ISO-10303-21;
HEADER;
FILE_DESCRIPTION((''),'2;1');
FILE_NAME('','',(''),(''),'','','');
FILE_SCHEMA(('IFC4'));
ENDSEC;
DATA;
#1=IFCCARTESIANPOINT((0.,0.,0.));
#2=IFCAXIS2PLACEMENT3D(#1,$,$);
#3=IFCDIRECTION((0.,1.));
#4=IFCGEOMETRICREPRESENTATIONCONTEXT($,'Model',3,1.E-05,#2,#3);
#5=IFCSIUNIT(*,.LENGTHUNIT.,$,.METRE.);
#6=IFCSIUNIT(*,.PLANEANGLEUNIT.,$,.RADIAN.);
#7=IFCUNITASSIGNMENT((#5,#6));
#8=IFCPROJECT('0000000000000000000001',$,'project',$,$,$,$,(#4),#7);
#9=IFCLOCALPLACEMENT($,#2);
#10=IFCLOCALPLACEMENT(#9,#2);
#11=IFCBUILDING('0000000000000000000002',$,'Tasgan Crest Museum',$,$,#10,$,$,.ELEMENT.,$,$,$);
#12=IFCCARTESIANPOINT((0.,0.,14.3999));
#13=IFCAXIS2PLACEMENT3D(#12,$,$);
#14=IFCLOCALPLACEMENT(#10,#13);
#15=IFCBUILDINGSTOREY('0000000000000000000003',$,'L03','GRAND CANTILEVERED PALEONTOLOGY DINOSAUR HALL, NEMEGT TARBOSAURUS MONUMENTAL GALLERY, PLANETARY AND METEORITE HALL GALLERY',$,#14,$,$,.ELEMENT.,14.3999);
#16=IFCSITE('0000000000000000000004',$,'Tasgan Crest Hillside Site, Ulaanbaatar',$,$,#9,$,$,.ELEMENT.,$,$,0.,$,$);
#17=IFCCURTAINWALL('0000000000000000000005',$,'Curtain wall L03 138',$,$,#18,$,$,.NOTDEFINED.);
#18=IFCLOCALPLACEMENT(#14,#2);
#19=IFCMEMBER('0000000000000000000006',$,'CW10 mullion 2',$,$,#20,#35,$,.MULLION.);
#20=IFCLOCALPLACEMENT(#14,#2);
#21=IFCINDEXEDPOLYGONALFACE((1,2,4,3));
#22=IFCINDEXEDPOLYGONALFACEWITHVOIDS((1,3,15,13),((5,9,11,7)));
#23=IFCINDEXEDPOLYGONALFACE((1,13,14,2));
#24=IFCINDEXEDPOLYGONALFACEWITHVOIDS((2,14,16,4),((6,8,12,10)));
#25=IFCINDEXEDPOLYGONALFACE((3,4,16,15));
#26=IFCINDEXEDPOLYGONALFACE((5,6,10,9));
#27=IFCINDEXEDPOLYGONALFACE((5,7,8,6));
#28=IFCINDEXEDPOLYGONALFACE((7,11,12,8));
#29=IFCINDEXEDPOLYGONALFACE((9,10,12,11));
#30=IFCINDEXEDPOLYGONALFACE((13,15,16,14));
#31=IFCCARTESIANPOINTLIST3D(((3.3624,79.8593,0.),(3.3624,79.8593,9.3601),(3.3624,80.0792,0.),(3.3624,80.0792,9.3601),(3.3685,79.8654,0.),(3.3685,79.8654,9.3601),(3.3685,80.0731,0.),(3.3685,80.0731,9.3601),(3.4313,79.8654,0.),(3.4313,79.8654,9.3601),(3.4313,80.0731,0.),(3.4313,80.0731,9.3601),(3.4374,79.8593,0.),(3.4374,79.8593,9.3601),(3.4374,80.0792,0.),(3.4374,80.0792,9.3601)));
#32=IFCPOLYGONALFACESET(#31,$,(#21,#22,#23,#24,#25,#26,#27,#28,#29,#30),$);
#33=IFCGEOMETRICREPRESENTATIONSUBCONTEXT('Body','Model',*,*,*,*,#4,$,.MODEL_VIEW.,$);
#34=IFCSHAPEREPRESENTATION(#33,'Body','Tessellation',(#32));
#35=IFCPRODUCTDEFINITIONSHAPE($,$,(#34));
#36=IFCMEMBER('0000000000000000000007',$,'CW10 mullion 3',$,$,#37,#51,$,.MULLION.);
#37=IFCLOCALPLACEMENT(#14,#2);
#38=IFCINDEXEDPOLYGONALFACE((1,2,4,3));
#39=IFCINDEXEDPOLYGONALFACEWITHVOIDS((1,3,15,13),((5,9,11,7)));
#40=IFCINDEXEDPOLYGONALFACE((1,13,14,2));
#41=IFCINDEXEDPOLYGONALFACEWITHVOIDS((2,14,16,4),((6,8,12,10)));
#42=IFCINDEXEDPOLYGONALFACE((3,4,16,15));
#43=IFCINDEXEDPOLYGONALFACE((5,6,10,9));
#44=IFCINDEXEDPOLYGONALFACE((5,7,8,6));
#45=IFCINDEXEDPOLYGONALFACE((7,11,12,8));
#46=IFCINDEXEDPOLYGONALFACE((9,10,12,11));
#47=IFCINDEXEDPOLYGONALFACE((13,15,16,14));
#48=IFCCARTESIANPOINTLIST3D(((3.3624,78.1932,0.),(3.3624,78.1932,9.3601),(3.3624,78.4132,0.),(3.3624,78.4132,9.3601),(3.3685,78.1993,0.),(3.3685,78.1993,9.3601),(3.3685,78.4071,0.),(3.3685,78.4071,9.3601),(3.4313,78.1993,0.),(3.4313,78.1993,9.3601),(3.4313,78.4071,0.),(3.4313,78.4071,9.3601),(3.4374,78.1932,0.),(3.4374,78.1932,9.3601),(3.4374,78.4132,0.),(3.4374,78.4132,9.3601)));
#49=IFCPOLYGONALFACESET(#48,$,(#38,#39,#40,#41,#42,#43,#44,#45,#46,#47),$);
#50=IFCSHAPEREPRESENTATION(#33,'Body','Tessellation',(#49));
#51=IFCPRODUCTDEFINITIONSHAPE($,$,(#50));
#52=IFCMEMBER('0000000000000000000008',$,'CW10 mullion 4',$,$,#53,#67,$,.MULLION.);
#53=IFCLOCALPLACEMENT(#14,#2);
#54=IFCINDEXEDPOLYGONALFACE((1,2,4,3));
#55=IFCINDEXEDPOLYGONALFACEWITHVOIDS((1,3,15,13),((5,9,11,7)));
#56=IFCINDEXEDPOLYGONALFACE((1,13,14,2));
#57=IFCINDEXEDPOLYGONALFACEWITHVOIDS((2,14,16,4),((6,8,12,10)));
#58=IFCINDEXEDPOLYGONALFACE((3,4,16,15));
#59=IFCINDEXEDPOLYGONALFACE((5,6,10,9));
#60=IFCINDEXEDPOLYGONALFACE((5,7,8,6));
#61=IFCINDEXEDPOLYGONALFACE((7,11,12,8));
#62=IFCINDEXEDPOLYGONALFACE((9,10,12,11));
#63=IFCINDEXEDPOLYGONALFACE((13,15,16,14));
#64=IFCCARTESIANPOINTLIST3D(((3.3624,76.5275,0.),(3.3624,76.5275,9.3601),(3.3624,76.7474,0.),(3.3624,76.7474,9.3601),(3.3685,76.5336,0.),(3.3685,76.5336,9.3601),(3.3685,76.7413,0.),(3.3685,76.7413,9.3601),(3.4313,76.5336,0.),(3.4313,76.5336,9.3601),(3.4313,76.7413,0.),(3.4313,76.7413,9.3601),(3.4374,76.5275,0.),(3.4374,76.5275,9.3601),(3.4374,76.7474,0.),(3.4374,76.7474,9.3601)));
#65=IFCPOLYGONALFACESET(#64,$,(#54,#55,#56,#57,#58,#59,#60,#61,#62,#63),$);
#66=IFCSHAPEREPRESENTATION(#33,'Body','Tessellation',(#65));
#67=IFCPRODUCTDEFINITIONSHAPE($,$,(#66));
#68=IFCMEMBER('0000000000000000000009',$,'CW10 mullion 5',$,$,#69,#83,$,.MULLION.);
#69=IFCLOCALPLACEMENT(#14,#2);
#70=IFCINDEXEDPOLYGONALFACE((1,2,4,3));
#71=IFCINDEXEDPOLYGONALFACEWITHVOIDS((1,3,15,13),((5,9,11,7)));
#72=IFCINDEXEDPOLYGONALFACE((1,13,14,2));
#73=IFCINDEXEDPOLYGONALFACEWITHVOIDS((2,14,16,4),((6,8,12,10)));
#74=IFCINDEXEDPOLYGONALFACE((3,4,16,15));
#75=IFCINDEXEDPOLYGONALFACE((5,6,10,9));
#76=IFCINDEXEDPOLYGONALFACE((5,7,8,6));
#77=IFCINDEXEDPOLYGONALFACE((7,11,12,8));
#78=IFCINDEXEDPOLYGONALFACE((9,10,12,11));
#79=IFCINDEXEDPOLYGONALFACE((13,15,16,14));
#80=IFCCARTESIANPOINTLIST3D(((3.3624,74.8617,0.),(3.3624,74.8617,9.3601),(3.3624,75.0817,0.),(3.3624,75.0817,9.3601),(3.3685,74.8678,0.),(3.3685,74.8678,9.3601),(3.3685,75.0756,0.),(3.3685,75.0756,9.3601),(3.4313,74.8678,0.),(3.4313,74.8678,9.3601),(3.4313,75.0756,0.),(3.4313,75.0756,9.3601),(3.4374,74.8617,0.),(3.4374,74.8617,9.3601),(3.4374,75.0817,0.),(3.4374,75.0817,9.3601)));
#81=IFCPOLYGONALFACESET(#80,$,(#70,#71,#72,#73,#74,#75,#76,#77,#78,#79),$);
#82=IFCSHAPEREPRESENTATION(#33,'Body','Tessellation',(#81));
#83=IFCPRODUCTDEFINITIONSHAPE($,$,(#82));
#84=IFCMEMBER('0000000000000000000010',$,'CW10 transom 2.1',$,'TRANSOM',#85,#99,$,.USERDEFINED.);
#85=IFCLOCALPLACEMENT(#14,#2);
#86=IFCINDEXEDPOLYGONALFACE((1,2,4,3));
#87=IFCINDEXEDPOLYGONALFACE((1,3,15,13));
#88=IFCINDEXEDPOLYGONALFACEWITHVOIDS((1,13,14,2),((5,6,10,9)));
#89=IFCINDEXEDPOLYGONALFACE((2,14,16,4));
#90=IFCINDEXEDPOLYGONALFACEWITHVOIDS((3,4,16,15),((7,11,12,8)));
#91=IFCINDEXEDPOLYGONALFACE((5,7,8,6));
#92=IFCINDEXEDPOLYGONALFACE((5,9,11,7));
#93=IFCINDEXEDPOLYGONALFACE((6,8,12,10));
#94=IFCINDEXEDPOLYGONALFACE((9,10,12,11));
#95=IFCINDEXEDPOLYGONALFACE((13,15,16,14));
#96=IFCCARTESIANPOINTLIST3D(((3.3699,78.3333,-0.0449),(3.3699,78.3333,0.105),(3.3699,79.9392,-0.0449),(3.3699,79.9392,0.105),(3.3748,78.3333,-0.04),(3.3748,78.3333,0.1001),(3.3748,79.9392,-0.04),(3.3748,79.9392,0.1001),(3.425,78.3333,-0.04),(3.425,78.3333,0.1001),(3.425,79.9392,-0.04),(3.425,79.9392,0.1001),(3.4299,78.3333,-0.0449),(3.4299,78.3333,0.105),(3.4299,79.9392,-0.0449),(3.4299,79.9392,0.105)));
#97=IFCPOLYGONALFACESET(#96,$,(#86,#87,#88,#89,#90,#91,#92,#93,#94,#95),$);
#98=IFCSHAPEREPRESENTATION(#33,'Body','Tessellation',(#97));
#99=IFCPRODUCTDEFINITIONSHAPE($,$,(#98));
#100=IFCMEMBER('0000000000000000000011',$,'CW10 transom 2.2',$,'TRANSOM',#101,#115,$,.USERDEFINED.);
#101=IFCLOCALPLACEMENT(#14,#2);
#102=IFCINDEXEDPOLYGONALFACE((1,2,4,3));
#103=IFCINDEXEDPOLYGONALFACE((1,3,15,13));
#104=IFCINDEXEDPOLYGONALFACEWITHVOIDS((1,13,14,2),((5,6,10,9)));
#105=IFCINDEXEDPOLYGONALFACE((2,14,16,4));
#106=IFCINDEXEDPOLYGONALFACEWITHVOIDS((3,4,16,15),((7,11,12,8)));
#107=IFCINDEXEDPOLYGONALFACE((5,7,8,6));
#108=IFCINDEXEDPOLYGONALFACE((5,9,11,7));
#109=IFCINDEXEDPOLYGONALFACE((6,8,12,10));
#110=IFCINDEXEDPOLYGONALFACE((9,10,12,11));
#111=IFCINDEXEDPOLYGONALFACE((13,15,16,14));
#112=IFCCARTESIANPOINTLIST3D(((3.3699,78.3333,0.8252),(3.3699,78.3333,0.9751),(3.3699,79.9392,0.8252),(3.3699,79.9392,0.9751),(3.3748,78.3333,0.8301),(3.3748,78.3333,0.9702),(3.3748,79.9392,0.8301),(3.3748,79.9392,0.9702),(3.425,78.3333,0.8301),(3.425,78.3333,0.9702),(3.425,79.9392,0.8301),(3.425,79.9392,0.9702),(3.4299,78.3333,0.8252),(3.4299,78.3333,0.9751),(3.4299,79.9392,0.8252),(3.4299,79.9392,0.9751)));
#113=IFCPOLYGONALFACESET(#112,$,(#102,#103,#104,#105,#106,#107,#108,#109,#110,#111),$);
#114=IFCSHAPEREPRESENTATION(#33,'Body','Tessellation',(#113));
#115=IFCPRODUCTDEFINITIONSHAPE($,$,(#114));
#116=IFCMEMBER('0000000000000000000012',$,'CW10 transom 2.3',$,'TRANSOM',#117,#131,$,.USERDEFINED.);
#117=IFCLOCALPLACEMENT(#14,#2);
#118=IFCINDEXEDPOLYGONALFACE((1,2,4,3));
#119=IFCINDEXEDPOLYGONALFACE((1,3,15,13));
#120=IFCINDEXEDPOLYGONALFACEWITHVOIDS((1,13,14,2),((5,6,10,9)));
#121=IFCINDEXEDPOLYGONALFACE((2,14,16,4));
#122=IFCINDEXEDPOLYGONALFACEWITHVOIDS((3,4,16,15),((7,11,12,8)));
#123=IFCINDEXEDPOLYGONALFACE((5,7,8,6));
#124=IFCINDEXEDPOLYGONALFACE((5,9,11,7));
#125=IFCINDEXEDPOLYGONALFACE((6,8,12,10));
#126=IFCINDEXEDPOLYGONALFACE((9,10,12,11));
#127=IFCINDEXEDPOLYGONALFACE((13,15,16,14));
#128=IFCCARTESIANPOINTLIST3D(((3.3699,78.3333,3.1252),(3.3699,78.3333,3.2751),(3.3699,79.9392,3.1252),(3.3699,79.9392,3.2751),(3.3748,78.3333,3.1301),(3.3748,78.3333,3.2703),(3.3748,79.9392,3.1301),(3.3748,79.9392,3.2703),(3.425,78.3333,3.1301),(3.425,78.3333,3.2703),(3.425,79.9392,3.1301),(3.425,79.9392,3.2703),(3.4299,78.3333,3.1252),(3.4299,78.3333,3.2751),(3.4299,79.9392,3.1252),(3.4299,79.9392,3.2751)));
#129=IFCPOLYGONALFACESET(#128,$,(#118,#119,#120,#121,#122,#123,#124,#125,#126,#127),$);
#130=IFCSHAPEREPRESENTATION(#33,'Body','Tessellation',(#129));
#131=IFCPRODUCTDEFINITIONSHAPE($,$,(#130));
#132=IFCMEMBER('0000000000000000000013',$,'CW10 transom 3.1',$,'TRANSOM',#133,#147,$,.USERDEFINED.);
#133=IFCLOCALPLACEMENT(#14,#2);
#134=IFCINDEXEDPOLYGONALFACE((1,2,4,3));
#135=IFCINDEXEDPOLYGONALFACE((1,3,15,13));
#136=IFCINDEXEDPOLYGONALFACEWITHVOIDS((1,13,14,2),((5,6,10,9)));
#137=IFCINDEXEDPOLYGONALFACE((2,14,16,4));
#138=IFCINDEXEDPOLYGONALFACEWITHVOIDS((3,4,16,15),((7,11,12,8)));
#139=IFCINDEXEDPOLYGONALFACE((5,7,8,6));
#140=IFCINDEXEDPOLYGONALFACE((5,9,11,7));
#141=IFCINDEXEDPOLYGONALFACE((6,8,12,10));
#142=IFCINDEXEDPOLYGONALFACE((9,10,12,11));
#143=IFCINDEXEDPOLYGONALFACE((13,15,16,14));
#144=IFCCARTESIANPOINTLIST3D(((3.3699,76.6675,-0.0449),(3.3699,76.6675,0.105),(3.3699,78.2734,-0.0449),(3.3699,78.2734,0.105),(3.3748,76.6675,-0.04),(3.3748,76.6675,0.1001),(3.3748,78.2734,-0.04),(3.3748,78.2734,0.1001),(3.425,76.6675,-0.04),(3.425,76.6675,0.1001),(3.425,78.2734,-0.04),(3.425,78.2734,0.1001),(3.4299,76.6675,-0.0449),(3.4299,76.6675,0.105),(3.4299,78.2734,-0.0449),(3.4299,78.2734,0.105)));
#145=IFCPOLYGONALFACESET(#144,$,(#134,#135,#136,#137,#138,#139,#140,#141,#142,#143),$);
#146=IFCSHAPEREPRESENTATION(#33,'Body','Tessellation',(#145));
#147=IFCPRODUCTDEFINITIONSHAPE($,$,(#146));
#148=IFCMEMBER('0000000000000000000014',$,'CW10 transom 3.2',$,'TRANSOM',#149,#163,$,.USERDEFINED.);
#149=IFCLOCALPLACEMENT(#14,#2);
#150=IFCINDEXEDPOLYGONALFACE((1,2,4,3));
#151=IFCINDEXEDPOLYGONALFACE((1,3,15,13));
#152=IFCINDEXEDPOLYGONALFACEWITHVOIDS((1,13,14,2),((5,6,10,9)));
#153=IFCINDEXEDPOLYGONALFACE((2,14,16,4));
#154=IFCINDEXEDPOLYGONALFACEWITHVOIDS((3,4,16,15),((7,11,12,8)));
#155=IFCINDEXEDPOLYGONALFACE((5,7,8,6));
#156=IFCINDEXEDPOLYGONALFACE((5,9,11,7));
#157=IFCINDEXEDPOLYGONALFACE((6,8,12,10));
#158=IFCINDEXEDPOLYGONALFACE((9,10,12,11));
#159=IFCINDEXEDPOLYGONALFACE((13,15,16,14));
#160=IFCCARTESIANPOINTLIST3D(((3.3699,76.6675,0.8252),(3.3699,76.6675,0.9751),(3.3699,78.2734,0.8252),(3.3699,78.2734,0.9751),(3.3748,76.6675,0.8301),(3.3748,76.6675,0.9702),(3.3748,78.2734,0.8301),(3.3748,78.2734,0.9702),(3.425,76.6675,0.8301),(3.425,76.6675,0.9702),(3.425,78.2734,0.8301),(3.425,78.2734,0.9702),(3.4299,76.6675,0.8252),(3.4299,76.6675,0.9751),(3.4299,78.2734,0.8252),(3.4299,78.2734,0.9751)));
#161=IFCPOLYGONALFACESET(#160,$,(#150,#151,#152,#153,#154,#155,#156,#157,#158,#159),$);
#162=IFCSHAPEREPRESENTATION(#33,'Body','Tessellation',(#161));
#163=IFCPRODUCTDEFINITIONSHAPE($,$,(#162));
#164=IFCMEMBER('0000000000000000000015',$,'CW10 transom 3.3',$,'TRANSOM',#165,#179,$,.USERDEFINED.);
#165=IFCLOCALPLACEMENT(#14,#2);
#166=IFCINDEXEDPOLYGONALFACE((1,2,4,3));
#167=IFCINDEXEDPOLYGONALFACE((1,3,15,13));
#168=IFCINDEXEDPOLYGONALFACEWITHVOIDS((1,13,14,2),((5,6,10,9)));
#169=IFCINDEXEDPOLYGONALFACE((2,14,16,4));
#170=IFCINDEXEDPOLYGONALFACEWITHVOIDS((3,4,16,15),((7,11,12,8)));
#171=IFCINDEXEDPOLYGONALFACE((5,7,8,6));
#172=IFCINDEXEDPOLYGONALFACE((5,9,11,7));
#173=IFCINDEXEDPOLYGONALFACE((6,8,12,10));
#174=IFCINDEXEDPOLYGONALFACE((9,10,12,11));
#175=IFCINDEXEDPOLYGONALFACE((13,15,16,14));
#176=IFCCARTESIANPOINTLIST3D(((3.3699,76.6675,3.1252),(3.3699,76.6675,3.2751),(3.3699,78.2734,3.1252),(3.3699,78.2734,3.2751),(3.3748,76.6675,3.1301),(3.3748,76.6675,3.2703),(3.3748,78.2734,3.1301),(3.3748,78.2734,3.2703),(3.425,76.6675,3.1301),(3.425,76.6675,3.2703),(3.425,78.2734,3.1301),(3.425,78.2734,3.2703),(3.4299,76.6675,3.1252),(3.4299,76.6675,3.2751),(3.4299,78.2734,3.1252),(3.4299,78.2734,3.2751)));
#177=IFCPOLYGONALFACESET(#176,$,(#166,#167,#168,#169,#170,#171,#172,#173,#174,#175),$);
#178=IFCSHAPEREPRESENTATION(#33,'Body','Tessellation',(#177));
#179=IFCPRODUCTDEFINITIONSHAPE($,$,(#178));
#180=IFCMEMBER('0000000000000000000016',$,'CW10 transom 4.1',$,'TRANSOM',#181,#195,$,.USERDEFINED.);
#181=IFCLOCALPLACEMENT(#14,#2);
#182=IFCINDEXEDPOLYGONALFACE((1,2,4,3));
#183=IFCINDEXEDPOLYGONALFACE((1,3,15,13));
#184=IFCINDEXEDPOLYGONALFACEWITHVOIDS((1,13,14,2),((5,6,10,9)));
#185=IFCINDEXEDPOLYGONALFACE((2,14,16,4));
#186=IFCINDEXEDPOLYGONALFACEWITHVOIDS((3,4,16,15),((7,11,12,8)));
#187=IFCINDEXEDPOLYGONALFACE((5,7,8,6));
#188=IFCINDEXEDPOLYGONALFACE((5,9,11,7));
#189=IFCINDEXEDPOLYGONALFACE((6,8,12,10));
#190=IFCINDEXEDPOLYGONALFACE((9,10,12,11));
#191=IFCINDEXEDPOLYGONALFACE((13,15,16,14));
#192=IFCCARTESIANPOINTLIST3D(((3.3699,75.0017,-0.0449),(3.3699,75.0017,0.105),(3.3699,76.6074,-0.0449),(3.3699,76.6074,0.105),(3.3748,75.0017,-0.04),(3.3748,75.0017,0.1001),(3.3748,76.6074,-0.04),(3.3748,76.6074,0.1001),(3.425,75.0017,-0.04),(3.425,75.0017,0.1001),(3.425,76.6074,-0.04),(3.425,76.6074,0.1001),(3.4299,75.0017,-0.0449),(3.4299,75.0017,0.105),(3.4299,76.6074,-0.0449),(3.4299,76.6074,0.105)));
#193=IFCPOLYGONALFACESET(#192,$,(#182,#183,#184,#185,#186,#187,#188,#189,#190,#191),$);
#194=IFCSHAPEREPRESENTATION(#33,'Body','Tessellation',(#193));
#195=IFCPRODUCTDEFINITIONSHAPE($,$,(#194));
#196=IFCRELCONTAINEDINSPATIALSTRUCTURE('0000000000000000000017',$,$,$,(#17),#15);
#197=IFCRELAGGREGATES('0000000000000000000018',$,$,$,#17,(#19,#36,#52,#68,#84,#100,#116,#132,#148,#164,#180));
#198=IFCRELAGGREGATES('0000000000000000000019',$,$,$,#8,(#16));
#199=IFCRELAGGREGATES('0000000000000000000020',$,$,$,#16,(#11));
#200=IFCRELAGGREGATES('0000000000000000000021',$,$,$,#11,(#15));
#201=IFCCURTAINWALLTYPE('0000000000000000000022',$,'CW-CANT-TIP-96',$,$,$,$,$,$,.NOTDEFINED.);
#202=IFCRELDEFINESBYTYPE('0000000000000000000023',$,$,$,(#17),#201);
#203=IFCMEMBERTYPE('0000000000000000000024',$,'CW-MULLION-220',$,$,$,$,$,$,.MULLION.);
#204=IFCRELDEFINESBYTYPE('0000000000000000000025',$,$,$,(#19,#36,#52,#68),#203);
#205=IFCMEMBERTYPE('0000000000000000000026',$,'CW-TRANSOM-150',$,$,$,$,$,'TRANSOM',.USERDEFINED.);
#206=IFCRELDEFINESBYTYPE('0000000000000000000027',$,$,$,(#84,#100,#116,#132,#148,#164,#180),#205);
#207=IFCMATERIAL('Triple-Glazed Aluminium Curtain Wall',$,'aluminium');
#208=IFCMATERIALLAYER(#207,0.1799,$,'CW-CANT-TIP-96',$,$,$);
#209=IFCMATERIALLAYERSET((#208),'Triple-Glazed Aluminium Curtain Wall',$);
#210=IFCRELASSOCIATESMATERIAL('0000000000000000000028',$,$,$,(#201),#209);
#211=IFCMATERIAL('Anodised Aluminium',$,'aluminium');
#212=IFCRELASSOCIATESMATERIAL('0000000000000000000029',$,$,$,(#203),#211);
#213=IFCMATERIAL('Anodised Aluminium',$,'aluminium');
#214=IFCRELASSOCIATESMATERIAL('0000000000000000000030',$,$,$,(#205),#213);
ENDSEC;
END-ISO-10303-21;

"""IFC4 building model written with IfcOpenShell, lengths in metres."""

from ifc_helpers import new_model, si_unit, direction, frame, origin, origin_2d, place, context, subcontext, project, spatial, hollow_rectangle, extrude, material, layer, layer_set, material_profile, profile_set, type_object, element, aggregate, save


model = new_model("IFC4")

# Units and contexts
model_context = context("Model", 3, precision=1e-05, world=origin(), true_north=direction((0.0, 1.0)))
body_context = subcontext(model_context, "Body", "Model", "MODEL_VIEW")
ifc_project = project(units=[si_unit("LENGTHUNIT", "METRE"), si_unit("PLANEANGLEUNIT", "RADIAN")], contexts=[model_context])

# Site, building, storey
site_placement = place(None, origin())
site = spatial("IfcSite", under=ifc_project, at=site_placement, Name="Tasgan Crest Hillside Site, Ulaanbaatar", CompositionType="ELEMENT", RefElevation=0.0)
building_placement = place(site_placement, origin())
building = spatial("IfcBuilding", under=site, at=building_placement, Name="Tasgan Crest Museum", CompositionType="ELEMENT")
storey_placement = place(building_placement, frame((0.0, 0.0, 14.3999)))
storey = spatial("IfcBuildingStorey", under=building, at=storey_placement, Name="L03", Description="GRAND CANTILEVERED PALEONTOLOGY DINOSAUR HALL, NEMEGT TARBOSAURUS MONUMENTAL GALLERY, PLANETARY AND METEORITE HALL GALLERY", CompositionType="ELEMENT", Elevation=14.3999)

# Curtain wall, members
ifc_material_1 = material(Name="Triple-Glazed Aluminium Curtain Wall", Category="aluminium")
ifc_layer_1 = layer(ifc_material_1, 0.1799, Name="CW-CANT-TIP-96")
ifc_layer_set_1 = layer_set([ifc_layer_1], Name="Triple-Glazed Aluminium Curtain Wall")
curtain_wall_type = type_object("IfcCurtainWallType", Name="CW-CANT-TIP-96", PredefinedType="NOTDEFINED", material=ifc_layer_set_1)
curtain_wall_placement = place(storey_placement, origin())
curtain_wall = element("IfcCurtainWall", 1, at=curtain_wall_placement, inside=storey, type_object=curtain_wall_type, Name="Curtain wall L03 138", PredefinedType="NOTDEFINED")
ifc_material_2 = material(Name="Anodised Aluminium", Category="aluminium")
ifc_material_profile_1 = material_profile(ifc_material_2, hollow_rectangle(XDim=0.075, YDim=0.22, WallThickness=0.0061, at=origin_2d()), Name="ALU MULLION 220x75x6")
ifc_profile_set_1 = profile_set([ifc_material_profile_1], Name="Anodised Aluminium")
member_type_1 = type_object("IfcMemberType", Name="CW-MULLION-220", PredefinedType="MULLION", material=ifc_profile_set_1)
member_1_placement = place(storey_placement, frame((3.3999, 79.9692, 0.0), z_axis=(0.0, 0.0, 1.0), x_axis=(1.0, 0.0, 0.0)))
member_1 = element("IfcMember", 2, at=member_1_placement, type_object=member_type_1, Name="CW10 mullion 2", PredefinedType="MULLION", context=body_context, shape_type="SweptSolid", body=[
    extrude(hollow_rectangle(XDim=0.075, YDim=0.22, WallThickness=0.0061, at=origin_2d()), origin(), (0.0, 0.0, 1.0), 9.3601),
])
member_2_placement = place(storey_placement, frame((3.3999, 78.3032, 0.0), z_axis=(0.0, 0.0, 1.0), x_axis=(1.0, 0.0, 0.0)))
member_2 = element("IfcMember", 3, at=member_2_placement, type_object=member_type_1, Name="CW10 mullion 3", PredefinedType="MULLION", context=body_context, shape_type="SweptSolid", body=[
    extrude(hollow_rectangle(XDim=0.075, YDim=0.22, WallThickness=0.0061, at=origin_2d()), origin(), (0.0, 0.0, 1.0), 9.3601),
])
member_3_placement = place(storey_placement, frame((3.3999, 76.6375, 0.0), z_axis=(0.0, 0.0, 1.0), x_axis=(1.0, 0.0, 0.0)))
member_3 = element("IfcMember", 4, at=member_3_placement, type_object=member_type_1, Name="CW10 mullion 4", PredefinedType="MULLION", context=body_context, shape_type="SweptSolid", body=[
    extrude(hollow_rectangle(XDim=0.075, YDim=0.22, WallThickness=0.0061, at=origin_2d()), origin(), (0.0, 0.0, 1.0), 9.3601),
])
member_4_placement = place(storey_placement, frame((3.3999, 74.9717, 0.0), z_axis=(0.0, 0.0, 1.0), x_axis=(1.0, 0.0, 0.0)))
member_4 = element("IfcMember", 5, at=member_4_placement, type_object=member_type_1, Name="CW10 mullion 5", PredefinedType="MULLION", context=body_context, shape_type="SweptSolid", body=[
    extrude(hollow_rectangle(XDim=0.075, YDim=0.22, WallThickness=0.0061, at=origin_2d()), origin(), (0.0, 0.0, 1.0), 9.3601),
])
ifc_material_3 = material(Name="Anodised Aluminium", Category="aluminium")
ifc_material_profile_2 = material_profile(ifc_material_3, hollow_rectangle(XDim=0.0601, YDim=0.1499, WallThickness=0.0049, at=origin_2d()), Name="ALU TRANSOM 150x60x5")
ifc_profile_set_2 = profile_set([ifc_material_profile_2], Name="Anodised Aluminium")
member_type_2 = type_object("IfcMemberType", Name="CW-TRANSOM-150", ElementType="TRANSOM", PredefinedType="USERDEFINED", material=ifc_profile_set_2)
member_5_placement = place(storey_placement, frame((3.3999, 79.9392, 0.03), z_axis=(0.0, -1.0, 0.0), x_axis=(1.0, 0.0, 0.0)))
member_5 = element("IfcMember", 6, at=member_5_placement, type_object=member_type_2, Name="CW10 transom 2.1", ObjectType="TRANSOM", PredefinedType="USERDEFINED", context=body_context, shape_type="SweptSolid", body=[
    extrude(hollow_rectangle(XDim=0.0601, YDim=0.1499, WallThickness=0.0049, at=origin_2d()), origin(), (0.0, 0.0, 1.0), 1.606),
])
member_6_placement = place(storey_placement, frame((3.3999, 79.9392, 0.9001), z_axis=(0.0, -1.0, 0.0), x_axis=(1.0, 0.0, 0.0)))
member_6 = element("IfcMember", 7, at=member_6_placement, type_object=member_type_2, Name="CW10 transom 2.2", ObjectType="TRANSOM", PredefinedType="USERDEFINED", context=body_context, shape_type="SweptSolid", body=[
    extrude(hollow_rectangle(XDim=0.0601, YDim=0.1499, WallThickness=0.0049, at=origin_2d()), origin(), (0.0, 0.0, 1.0), 1.606),
])
member_7_placement = place(storey_placement, frame((3.3999, 79.9392, 3.2002), z_axis=(0.0, -1.0, 0.0), x_axis=(1.0, 0.0, 0.0)))
member_7 = element("IfcMember", 8, at=member_7_placement, type_object=member_type_2, Name="CW10 transom 2.3", ObjectType="TRANSOM", PredefinedType="USERDEFINED", context=body_context, shape_type="SweptSolid", body=[
    extrude(hollow_rectangle(XDim=0.0601, YDim=0.1499, WallThickness=0.0049, at=origin_2d()), origin(), (0.0, 0.0, 1.0), 1.606),
])
member_8_placement = place(storey_placement, frame((3.3999, 78.2734, 0.03), z_axis=(0.0, -1.0, 0.0), x_axis=(1.0, 0.0, 0.0)))
member_8 = element("IfcMember", 9, at=member_8_placement, type_object=member_type_2, Name="CW10 transom 3.1", ObjectType="TRANSOM", PredefinedType="USERDEFINED", context=body_context, shape_type="SweptSolid", body=[
    extrude(hollow_rectangle(XDim=0.0601, YDim=0.1499, WallThickness=0.0049, at=origin_2d()), origin(), (0.0, 0.0, 1.0), 1.606),
])
member_9_placement = place(storey_placement, frame((3.3999, 78.2734, 0.9001), z_axis=(0.0, -1.0, 0.0), x_axis=(1.0, 0.0, 0.0)))
member_9 = element("IfcMember", 10, at=member_9_placement, type_object=member_type_2, Name="CW10 transom 3.2", ObjectType="TRANSOM", PredefinedType="USERDEFINED", context=body_context, shape_type="SweptSolid", body=[
    extrude(hollow_rectangle(XDim=0.0601, YDim=0.1499, WallThickness=0.0049, at=origin_2d()), origin(), (0.0, 0.0, 1.0), 1.606),
])
member_10_placement = place(storey_placement, frame((3.3999, 78.2734, 3.2002), z_axis=(0.0, -1.0, 0.0), x_axis=(1.0, 0.0, 0.0)))
member_10 = element("IfcMember", 11, at=member_10_placement, type_object=member_type_2, Name="CW10 transom 3.3", ObjectType="TRANSOM", PredefinedType="USERDEFINED", context=body_context, shape_type="SweptSolid", body=[
    extrude(hollow_rectangle(XDim=0.0601, YDim=0.1499, WallThickness=0.0049, at=origin_2d()), origin(), (0.0, 0.0, 1.0), 1.606),
])
member_11_placement = place(storey_placement, frame((3.3999, 76.6074, 0.03), z_axis=(0.0, -1.0, 0.0), x_axis=(1.0, 0.0, 0.0)))
member_11 = element("IfcMember", 12, at=member_11_placement, type_object=member_type_2, Name="CW10 transom 4.1", ObjectType="TRANSOM", PredefinedType="USERDEFINED", context=body_context, shape_type="SweptSolid", body=[
    extrude(hollow_rectangle(XDim=0.0601, YDim=0.1499, WallThickness=0.0049, at=origin_2d()), origin(), (0.0, 0.0, 1.0), 1.6057),
])
aggregate(curtain_wall, [member_1, member_2, member_3, member_4, member_5, member_6, member_7, member_8, member_9, member_10, member_11])

save(model, "model.ifc")
